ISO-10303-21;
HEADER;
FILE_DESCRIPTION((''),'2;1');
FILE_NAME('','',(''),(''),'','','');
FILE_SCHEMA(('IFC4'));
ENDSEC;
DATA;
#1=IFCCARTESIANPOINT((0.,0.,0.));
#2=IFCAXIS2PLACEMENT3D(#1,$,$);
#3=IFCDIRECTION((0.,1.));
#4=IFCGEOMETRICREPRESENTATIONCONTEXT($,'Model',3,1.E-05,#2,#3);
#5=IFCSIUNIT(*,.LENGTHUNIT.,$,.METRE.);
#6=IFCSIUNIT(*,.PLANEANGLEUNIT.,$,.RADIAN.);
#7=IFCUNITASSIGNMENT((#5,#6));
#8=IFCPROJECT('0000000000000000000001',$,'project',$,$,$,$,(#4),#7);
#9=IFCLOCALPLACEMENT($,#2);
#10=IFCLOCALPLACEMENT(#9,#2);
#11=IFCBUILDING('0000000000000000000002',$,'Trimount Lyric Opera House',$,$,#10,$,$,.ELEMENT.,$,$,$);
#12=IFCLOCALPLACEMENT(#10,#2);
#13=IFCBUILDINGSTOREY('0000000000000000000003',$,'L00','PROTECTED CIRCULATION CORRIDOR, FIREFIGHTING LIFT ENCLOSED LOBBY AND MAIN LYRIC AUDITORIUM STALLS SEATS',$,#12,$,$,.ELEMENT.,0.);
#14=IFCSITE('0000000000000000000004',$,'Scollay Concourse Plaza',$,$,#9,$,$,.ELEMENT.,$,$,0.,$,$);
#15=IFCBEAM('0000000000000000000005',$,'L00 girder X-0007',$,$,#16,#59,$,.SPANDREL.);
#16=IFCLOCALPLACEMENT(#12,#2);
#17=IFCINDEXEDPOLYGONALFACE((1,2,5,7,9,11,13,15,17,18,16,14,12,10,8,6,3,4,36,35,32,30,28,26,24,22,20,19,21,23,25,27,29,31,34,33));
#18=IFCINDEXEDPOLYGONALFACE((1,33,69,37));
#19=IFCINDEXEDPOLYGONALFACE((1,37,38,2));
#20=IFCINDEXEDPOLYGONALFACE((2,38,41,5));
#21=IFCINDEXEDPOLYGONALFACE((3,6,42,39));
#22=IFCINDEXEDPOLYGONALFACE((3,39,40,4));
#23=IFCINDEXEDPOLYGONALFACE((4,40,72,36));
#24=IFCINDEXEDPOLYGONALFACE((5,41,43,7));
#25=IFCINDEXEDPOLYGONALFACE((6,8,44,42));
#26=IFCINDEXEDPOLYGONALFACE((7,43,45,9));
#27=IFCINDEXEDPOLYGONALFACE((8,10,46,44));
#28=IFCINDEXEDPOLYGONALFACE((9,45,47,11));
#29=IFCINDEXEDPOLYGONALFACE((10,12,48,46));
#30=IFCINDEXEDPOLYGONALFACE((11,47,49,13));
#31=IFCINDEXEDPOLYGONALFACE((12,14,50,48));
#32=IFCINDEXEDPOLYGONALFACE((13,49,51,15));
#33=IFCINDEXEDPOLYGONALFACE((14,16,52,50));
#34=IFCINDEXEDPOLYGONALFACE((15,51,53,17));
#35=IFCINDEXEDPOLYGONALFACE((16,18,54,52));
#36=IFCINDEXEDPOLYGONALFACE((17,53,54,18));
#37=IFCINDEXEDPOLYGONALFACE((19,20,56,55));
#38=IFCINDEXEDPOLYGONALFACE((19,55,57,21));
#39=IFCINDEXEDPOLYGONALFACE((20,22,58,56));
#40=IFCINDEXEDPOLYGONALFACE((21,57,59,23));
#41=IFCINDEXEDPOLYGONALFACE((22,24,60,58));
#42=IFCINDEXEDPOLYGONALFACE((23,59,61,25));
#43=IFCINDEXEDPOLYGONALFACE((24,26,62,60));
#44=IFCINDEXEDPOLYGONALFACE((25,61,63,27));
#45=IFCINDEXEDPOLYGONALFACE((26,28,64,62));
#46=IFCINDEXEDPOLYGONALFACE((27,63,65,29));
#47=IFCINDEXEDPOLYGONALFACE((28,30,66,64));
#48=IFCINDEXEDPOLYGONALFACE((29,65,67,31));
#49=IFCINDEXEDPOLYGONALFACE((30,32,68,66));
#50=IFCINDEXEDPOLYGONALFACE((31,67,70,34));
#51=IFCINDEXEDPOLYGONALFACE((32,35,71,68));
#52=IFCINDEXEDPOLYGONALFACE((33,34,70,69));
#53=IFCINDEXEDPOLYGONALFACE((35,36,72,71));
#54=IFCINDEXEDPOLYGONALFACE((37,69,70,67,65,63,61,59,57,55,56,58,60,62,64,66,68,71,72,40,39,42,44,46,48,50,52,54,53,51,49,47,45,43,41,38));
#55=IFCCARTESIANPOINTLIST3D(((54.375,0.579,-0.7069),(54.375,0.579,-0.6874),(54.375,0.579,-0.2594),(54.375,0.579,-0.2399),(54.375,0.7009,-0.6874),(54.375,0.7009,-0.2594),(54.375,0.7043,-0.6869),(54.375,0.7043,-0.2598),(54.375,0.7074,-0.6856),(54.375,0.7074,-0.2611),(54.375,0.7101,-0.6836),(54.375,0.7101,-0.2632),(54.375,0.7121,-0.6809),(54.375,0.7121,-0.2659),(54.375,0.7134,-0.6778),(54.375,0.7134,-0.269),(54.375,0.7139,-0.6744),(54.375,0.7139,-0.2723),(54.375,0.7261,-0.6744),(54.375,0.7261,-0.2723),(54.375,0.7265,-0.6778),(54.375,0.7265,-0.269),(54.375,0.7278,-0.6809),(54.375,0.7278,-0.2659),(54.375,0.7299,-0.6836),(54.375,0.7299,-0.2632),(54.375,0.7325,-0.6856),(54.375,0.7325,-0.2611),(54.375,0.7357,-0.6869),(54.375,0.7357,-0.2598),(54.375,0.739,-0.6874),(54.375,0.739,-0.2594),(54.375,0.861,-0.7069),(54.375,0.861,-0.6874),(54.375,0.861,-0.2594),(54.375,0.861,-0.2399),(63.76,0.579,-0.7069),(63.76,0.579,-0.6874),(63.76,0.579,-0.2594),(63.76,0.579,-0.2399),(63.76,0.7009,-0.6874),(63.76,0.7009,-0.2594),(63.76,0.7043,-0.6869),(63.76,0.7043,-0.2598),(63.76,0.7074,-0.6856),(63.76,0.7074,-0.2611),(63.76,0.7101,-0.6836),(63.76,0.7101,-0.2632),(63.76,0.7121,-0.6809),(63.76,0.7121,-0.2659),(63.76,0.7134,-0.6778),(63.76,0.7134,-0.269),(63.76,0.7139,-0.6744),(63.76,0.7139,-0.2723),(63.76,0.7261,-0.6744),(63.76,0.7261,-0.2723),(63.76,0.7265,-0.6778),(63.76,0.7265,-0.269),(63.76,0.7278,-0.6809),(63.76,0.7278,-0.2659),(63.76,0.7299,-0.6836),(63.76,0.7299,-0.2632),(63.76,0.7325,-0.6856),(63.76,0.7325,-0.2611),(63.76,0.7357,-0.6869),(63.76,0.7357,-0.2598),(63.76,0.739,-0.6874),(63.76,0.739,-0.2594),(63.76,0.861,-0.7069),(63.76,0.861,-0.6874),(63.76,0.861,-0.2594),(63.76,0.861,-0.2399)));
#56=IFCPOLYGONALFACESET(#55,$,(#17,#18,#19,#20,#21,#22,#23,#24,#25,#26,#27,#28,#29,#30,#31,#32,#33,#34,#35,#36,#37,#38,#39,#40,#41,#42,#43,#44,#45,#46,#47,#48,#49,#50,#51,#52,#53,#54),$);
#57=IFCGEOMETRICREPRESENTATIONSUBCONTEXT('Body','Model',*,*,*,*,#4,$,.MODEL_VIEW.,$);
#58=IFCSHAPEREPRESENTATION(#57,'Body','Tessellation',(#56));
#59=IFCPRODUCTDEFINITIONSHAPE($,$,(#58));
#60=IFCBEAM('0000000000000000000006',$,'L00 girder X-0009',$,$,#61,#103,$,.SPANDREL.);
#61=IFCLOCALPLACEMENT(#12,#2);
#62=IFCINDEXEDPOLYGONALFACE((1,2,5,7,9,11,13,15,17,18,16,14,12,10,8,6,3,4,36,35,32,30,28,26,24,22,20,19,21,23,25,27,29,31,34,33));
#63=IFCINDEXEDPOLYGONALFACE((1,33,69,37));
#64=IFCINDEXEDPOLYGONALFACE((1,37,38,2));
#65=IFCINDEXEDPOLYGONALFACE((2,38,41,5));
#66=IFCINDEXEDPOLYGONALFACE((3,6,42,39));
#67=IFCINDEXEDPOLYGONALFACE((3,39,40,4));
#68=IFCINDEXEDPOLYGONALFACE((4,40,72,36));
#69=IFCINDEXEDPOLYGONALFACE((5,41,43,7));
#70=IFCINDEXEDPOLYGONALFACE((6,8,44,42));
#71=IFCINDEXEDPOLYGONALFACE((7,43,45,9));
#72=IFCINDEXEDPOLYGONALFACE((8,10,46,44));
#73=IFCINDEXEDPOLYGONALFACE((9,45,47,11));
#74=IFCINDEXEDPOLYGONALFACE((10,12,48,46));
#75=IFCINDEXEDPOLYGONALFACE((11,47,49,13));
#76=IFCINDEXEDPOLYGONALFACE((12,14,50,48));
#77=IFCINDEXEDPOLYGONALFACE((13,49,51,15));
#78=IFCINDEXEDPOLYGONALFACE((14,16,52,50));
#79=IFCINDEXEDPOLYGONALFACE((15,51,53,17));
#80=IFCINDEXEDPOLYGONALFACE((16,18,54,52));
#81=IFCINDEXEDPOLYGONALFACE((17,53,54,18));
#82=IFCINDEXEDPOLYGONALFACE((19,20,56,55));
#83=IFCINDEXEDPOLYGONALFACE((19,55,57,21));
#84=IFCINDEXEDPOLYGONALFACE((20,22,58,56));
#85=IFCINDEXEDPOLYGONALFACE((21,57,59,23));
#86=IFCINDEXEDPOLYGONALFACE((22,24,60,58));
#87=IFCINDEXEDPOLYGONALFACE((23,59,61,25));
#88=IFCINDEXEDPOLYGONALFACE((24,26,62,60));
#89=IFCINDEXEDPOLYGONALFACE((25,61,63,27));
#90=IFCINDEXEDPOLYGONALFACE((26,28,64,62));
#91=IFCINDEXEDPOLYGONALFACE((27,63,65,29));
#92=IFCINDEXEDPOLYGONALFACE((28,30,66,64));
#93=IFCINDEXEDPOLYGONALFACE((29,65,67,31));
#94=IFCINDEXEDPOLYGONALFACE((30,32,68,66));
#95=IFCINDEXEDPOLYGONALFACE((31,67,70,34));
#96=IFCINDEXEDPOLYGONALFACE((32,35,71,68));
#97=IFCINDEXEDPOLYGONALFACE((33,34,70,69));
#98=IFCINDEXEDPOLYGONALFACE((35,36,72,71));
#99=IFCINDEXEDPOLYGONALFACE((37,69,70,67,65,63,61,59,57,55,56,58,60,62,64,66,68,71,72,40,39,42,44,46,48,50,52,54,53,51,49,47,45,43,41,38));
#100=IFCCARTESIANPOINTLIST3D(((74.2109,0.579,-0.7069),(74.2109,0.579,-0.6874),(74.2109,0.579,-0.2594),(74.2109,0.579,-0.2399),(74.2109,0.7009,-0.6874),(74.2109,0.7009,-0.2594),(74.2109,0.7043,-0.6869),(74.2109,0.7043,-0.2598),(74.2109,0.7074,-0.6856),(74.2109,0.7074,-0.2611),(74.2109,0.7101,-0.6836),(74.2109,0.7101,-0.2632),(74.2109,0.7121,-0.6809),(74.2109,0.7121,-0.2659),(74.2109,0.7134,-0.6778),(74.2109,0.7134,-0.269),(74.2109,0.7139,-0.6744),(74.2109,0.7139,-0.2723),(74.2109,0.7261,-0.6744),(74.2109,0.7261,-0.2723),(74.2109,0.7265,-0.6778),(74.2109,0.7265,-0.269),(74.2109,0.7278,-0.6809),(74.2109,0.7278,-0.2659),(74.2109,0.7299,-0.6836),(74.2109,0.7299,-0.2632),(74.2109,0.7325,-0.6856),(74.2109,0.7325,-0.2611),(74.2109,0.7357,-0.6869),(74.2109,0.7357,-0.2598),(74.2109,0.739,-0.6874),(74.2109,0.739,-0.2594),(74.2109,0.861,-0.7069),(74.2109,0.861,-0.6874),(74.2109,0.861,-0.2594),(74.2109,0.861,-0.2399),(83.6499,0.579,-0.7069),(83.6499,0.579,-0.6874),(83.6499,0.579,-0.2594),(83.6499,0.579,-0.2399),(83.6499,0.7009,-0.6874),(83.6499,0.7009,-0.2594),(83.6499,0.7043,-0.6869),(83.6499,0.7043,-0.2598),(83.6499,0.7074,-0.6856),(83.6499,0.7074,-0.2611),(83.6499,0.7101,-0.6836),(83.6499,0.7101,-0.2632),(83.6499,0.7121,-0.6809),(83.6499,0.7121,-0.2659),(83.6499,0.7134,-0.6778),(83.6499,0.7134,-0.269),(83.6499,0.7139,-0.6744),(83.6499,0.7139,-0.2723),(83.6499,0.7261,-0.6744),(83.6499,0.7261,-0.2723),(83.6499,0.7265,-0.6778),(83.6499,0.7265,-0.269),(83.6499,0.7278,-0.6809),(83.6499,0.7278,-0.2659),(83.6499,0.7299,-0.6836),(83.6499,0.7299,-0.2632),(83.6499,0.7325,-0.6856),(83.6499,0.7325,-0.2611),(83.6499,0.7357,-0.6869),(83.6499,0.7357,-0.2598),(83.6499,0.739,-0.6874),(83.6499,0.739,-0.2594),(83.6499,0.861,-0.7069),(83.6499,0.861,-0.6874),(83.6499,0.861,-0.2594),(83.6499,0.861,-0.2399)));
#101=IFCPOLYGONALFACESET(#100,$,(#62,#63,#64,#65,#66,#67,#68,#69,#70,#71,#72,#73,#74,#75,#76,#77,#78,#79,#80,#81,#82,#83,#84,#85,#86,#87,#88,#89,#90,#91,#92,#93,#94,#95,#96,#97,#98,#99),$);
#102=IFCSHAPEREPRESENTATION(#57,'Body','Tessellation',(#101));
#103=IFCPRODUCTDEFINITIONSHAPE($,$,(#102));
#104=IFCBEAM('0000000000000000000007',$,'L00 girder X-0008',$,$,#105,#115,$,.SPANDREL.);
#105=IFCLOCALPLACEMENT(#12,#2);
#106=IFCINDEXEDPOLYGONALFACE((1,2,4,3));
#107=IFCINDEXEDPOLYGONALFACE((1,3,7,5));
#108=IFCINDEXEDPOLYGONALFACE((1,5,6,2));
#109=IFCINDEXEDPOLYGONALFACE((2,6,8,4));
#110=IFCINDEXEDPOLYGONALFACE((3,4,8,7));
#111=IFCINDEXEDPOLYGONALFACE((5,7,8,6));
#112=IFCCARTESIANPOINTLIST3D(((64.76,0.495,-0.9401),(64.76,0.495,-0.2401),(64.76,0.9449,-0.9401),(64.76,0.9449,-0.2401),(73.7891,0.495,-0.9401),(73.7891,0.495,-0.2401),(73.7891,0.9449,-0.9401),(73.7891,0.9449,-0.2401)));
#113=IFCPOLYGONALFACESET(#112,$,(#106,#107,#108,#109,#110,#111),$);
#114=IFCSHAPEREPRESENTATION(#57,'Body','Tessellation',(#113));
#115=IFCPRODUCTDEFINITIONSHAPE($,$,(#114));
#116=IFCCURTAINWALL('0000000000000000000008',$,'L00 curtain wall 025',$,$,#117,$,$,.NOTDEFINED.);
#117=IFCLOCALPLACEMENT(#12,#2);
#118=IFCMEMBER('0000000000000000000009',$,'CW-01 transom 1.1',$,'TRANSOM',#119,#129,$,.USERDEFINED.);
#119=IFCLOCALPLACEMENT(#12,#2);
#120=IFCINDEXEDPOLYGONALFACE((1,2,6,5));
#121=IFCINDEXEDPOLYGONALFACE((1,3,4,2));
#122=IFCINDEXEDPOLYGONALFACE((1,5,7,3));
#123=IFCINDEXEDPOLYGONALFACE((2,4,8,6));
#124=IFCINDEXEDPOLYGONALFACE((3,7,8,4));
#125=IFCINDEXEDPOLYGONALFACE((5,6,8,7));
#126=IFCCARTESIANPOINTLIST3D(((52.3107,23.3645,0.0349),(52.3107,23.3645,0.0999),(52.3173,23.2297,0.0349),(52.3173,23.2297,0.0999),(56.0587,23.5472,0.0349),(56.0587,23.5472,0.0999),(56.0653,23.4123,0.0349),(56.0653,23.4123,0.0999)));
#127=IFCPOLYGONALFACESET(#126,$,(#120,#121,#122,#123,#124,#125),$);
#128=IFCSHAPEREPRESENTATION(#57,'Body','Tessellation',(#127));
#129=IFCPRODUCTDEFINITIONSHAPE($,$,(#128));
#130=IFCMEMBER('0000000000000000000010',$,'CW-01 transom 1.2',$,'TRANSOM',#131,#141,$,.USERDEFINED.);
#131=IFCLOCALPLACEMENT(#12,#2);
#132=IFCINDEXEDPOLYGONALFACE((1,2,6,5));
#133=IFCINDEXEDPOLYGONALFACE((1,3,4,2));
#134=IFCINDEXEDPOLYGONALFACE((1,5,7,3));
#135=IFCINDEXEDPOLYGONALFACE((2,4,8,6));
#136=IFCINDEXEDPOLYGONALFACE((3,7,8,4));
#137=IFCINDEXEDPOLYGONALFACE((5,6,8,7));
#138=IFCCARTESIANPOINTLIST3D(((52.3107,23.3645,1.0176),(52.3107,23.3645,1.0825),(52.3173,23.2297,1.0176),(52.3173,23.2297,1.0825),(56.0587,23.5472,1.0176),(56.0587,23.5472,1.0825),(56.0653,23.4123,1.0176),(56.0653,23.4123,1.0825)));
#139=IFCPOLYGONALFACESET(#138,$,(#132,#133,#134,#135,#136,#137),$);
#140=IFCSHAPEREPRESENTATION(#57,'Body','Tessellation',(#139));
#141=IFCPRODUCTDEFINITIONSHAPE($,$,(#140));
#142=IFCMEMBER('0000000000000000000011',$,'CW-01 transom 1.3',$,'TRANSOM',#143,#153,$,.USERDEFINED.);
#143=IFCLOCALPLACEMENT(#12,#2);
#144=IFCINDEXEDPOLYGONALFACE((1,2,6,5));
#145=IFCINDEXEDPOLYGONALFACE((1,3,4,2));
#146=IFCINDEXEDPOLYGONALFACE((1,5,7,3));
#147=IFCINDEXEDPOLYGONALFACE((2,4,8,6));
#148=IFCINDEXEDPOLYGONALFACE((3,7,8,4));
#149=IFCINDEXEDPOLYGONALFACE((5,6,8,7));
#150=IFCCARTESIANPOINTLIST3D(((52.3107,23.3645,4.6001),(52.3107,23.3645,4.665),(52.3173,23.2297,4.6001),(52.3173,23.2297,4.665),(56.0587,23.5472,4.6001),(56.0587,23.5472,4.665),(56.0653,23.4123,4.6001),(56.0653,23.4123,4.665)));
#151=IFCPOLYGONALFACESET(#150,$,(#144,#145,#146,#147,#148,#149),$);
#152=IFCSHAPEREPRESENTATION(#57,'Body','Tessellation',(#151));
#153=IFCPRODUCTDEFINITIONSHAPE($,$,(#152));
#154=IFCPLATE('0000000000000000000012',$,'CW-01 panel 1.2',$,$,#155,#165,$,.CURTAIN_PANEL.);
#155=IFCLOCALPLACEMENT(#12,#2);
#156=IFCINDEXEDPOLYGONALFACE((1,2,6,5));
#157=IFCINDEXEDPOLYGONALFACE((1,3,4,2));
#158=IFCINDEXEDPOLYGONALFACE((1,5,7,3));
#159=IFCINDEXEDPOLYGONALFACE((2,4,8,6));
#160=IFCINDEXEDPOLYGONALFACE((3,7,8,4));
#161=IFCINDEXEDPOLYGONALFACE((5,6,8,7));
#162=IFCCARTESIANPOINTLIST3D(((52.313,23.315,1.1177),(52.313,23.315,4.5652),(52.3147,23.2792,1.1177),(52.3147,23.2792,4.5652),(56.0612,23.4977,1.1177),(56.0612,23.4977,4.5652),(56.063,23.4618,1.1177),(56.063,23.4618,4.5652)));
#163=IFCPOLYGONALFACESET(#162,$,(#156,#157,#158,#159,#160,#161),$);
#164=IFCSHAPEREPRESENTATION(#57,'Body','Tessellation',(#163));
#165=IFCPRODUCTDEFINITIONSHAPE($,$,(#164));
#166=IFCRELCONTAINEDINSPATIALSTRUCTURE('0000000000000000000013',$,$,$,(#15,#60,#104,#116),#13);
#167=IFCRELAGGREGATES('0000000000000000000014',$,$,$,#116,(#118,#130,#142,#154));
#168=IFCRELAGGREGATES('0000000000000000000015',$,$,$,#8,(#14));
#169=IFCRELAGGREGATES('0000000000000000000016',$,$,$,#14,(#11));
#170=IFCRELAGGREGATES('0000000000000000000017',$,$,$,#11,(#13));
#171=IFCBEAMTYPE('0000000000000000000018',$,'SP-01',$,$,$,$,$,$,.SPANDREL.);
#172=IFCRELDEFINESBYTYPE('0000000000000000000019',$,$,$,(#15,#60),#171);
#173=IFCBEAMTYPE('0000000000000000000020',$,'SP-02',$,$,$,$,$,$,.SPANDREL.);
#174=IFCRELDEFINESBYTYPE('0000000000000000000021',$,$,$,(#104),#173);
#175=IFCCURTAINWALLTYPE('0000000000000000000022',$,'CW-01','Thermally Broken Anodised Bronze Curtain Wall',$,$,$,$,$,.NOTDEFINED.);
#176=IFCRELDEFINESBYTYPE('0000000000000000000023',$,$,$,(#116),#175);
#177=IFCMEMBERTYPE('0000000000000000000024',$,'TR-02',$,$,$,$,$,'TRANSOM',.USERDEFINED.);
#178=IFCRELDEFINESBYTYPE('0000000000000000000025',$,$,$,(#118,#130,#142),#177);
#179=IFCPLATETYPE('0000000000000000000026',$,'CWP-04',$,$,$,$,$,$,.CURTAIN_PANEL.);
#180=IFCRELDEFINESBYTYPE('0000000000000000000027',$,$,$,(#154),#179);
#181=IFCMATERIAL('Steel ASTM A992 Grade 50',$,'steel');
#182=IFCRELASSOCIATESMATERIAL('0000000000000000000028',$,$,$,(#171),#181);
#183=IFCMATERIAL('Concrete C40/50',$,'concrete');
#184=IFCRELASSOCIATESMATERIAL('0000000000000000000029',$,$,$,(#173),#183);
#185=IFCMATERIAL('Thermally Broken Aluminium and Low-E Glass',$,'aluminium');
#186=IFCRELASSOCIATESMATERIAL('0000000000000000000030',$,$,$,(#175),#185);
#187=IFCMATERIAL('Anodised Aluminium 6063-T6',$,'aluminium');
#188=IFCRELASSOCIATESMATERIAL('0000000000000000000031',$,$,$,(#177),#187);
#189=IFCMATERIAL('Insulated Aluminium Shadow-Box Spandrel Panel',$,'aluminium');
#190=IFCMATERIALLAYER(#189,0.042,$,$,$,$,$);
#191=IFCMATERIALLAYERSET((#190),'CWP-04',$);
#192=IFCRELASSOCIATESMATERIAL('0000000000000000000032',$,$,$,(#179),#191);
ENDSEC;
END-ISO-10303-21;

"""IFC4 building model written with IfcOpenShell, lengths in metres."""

from ifc_helpers import new_model, si_unit, direction, frame, origin, origin_2d, place, context, subcontext, project, spatial, rectangle, i_section, extrude, material, layer, layer_set, material_profile, profile_set, type_object, element, aggregate, save


model = new_model("IFC4")

# Units and contexts
model_context = context("Model", 3, precision=1e-05, world=origin(), true_north=direction((0.0, 1.0)))
body_context = subcontext(model_context, "Body", "Model", "MODEL_VIEW")
ifc_project = project(units=[si_unit("LENGTHUNIT", "METRE"), si_unit("PLANEANGLEUNIT", "RADIAN")], contexts=[model_context])

# Site, building, storey
site_placement = place(None, origin())
site = spatial("IfcSite", under=ifc_project, at=site_placement, Name="Scollay Concourse Plaza", CompositionType="ELEMENT", RefElevation=0.0)
building_placement = place(site_placement, origin())
building = spatial("IfcBuilding", under=site, at=building_placement, Name="Trimount Lyric Opera House", CompositionType="ELEMENT")
storey_placement = place(building_placement, origin())
storey = spatial("IfcBuildingStorey", under=building, at=storey_placement, Name="L00", Description="PROTECTED CIRCULATION CORRIDOR, FIREFIGHTING LIFT ENCLOSED LOBBY AND MAIN LYRIC AUDITORIUM STALLS SEATS", CompositionType="ELEMENT", Elevation=0.0)

# Beams
ifc_material_1 = material(Name="Steel ASTM A992 Grade 50", Category="steel")
ifc_material_profile_1 = material_profile(ifc_material_1, i_section(OverallWidth=0.282, OverallDepth=0.467, WebThickness=0.0122, FlangeThickness=0.0195, FilletRadius=0.0129, at=origin_2d()), Name="W18X86")
ifc_profile_set_1 = profile_set([ifc_material_profile_1], Name="Steel ASTM A992 Grade 50")
beam_type_1 = type_object("IfcBeamType", Name="SP-01", PredefinedType="SPANDREL", material=ifc_profile_set_1)
beam_1_placement = place(storey_placement, frame((54.375, 0.72, -0.4734), z_axis=(1.0, 0.0, 0.0), x_axis=(0.0, 1.0, 0.0)))
element("IfcBeam", 1, at=beam_1_placement, inside=storey, type_object=beam_type_1, Name="L00 girder X-0007", PredefinedType="SPANDREL", context=body_context, shape_type="SweptSolid", body=[
    extrude(i_section(OverallWidth=0.282, OverallDepth=0.467, WebThickness=0.0122, FlangeThickness=0.0195, FilletRadius=0.0129, at=origin_2d()), origin(), (0.0, 0.0, 1.0), 9.385),
])
beam_2_placement = place(storey_placement, frame((74.2109, 0.72, -0.4734), z_axis=(1.0, 0.0, 0.0), x_axis=(0.0, 1.0, 0.0)))
element("IfcBeam", 2, at=beam_2_placement, inside=storey, type_object=beam_type_1, Name="L00 girder X-0009", PredefinedType="SPANDREL", context=body_context, shape_type="SweptSolid", body=[
    extrude(i_section(OverallWidth=0.282, OverallDepth=0.467, WebThickness=0.0122, FlangeThickness=0.0195, FilletRadius=0.0129, at=origin_2d()), origin(), (0.0, 0.0, 1.0), 9.439),
])
ifc_material_2 = material(Name="Concrete C40/50", Category="concrete")
ifc_material_profile_2 = material_profile(ifc_material_2, rectangle(XDim=0.45, YDim=0.7, at=origin_2d()), Name="RC450X700")
ifc_profile_set_2 = profile_set([ifc_material_profile_2], Name="Concrete C40/50")
beam_type_2 = type_object("IfcBeamType", Name="SP-02", PredefinedType="SPANDREL", material=ifc_profile_set_2)
beam_3_placement = place(storey_placement, frame((64.76, 0.72, -0.5901), z_axis=(1.0, 0.0, 0.0), x_axis=(0.0, 1.0, 0.0)))
element("IfcBeam", 3, at=beam_3_placement, inside=storey, type_object=beam_type_2, Name="L00 girder X-0008", PredefinedType="SPANDREL", context=body_context, shape_type="SweptSolid", body=[
    extrude(rectangle(XDim=0.45, YDim=0.7, at=origin_2d()), origin(), (0.0, 0.0, 1.0), 9.0291),
])

# Curtain wall, members, plate
ifc_material_3 = material(Name="Thermally Broken Aluminium and Low-E Glass", Category="aluminium")
curtain_wall_type = type_object("IfcCurtainWallType", Name="CW-01", Description="Thermally Broken Anodised Bronze Curtain Wall", PredefinedType="NOTDEFINED", material=ifc_material_3)
curtain_wall_placement = place(storey_placement, origin())
curtain_wall = element("IfcCurtainWall", 4, at=curtain_wall_placement, inside=storey, type_object=curtain_wall_type, Name="L00 curtain wall 025", PredefinedType="NOTDEFINED")
ifc_material_4 = material(Name="Anodised Aluminium 6063-T6", Category="aluminium")
ifc_material_profile_3 = material_profile(ifc_material_4, rectangle(XDim=0.135, YDim=0.0649, at=origin_2d()), Name="ALU-TRAN-65X135")
ifc_profile_set_3 = profile_set([ifc_material_profile_3], Name="Anodised Aluminium 6063-T6")
member_type = type_object("IfcMemberType", Name="TR-02", ElementType="TRANSOM", PredefinedType="USERDEFINED", material=ifc_profile_set_3)
member_1_placement = place(storey_placement, frame((56.062, 23.4797, 0.0674), z_axis=(-0.998815, -0.048666, 0.0), x_axis=(0.048666, -0.998815, 0.0)))
member_1 = element("IfcMember", 5, at=member_1_placement, type_object=member_type, Name="CW-01 transom 1.1", ObjectType="TRANSOM", PredefinedType="USERDEFINED", context=body_context, shape_type="SweptSolid", body=[
    extrude(rectangle(XDim=0.135, YDim=0.0649, at=origin_2d()), origin(), (0.0, 0.0, 1.0), 3.7524),
])
member_2_placement = place(storey_placement, frame((56.062, 23.4797, 1.05), z_axis=(-0.998815, -0.048666, 0.0), x_axis=(0.048666, -0.998815, 0.0)))
member_2 = element("IfcMember", 6, at=member_2_placement, type_object=member_type, Name="CW-01 transom 1.2", ObjectType="TRANSOM", PredefinedType="USERDEFINED", context=body_context, shape_type="SweptSolid", body=[
    extrude(rectangle(XDim=0.135, YDim=0.0649, at=origin_2d()), origin(), (0.0, 0.0, 1.0), 3.7524),
])
member_3_placement = place(storey_placement, frame((56.062, 23.4797, 4.6326), z_axis=(-0.998815, -0.048666, 0.0), x_axis=(0.048666, -0.998815, 0.0)))
member_3 = element("IfcMember", 7, at=member_3_placement, type_object=member_type, Name="CW-01 transom 1.3", ObjectType="TRANSOM", PredefinedType="USERDEFINED", context=body_context, shape_type="SweptSolid", body=[
    extrude(rectangle(XDim=0.135, YDim=0.0649, at=origin_2d()), origin(), (0.0, 0.0, 1.0), 3.7524),
])
ifc_material_5 = material(Name="Insulated Aluminium Shadow-Box Spandrel Panel", Category="aluminium")
ifc_layer = layer(ifc_material_5, 0.042)
ifc_layer_set = layer_set([ifc_layer], Name="CWP-04")
plate_type = type_object("IfcPlateType", Name="CWP-04", PredefinedType="CURTAIN_PANEL", material=ifc_layer_set)
plate_placement = place(storey_placement, frame((54.188, 23.3884, 1.1177), z_axis=(0.0, 0.0, 1.0), x_axis=(-0.998814, -0.048679, 0.0)))
plate = element("IfcPlate", 8, at=plate_placement, type_object=plate_type, Name="CW-01 panel 1.2", PredefinedType="CURTAIN_PANEL", context=body_context, shape_type="SweptSolid", body=[
    extrude(rectangle(XDim=3.7527, YDim=0.0359, at=origin_2d()), origin(), (0.0, 0.0, 1.0), 3.4475),
])
aggregate(curtain_wall, [member_1, member_2, member_3, plate])

save(model, "model.ifc")
